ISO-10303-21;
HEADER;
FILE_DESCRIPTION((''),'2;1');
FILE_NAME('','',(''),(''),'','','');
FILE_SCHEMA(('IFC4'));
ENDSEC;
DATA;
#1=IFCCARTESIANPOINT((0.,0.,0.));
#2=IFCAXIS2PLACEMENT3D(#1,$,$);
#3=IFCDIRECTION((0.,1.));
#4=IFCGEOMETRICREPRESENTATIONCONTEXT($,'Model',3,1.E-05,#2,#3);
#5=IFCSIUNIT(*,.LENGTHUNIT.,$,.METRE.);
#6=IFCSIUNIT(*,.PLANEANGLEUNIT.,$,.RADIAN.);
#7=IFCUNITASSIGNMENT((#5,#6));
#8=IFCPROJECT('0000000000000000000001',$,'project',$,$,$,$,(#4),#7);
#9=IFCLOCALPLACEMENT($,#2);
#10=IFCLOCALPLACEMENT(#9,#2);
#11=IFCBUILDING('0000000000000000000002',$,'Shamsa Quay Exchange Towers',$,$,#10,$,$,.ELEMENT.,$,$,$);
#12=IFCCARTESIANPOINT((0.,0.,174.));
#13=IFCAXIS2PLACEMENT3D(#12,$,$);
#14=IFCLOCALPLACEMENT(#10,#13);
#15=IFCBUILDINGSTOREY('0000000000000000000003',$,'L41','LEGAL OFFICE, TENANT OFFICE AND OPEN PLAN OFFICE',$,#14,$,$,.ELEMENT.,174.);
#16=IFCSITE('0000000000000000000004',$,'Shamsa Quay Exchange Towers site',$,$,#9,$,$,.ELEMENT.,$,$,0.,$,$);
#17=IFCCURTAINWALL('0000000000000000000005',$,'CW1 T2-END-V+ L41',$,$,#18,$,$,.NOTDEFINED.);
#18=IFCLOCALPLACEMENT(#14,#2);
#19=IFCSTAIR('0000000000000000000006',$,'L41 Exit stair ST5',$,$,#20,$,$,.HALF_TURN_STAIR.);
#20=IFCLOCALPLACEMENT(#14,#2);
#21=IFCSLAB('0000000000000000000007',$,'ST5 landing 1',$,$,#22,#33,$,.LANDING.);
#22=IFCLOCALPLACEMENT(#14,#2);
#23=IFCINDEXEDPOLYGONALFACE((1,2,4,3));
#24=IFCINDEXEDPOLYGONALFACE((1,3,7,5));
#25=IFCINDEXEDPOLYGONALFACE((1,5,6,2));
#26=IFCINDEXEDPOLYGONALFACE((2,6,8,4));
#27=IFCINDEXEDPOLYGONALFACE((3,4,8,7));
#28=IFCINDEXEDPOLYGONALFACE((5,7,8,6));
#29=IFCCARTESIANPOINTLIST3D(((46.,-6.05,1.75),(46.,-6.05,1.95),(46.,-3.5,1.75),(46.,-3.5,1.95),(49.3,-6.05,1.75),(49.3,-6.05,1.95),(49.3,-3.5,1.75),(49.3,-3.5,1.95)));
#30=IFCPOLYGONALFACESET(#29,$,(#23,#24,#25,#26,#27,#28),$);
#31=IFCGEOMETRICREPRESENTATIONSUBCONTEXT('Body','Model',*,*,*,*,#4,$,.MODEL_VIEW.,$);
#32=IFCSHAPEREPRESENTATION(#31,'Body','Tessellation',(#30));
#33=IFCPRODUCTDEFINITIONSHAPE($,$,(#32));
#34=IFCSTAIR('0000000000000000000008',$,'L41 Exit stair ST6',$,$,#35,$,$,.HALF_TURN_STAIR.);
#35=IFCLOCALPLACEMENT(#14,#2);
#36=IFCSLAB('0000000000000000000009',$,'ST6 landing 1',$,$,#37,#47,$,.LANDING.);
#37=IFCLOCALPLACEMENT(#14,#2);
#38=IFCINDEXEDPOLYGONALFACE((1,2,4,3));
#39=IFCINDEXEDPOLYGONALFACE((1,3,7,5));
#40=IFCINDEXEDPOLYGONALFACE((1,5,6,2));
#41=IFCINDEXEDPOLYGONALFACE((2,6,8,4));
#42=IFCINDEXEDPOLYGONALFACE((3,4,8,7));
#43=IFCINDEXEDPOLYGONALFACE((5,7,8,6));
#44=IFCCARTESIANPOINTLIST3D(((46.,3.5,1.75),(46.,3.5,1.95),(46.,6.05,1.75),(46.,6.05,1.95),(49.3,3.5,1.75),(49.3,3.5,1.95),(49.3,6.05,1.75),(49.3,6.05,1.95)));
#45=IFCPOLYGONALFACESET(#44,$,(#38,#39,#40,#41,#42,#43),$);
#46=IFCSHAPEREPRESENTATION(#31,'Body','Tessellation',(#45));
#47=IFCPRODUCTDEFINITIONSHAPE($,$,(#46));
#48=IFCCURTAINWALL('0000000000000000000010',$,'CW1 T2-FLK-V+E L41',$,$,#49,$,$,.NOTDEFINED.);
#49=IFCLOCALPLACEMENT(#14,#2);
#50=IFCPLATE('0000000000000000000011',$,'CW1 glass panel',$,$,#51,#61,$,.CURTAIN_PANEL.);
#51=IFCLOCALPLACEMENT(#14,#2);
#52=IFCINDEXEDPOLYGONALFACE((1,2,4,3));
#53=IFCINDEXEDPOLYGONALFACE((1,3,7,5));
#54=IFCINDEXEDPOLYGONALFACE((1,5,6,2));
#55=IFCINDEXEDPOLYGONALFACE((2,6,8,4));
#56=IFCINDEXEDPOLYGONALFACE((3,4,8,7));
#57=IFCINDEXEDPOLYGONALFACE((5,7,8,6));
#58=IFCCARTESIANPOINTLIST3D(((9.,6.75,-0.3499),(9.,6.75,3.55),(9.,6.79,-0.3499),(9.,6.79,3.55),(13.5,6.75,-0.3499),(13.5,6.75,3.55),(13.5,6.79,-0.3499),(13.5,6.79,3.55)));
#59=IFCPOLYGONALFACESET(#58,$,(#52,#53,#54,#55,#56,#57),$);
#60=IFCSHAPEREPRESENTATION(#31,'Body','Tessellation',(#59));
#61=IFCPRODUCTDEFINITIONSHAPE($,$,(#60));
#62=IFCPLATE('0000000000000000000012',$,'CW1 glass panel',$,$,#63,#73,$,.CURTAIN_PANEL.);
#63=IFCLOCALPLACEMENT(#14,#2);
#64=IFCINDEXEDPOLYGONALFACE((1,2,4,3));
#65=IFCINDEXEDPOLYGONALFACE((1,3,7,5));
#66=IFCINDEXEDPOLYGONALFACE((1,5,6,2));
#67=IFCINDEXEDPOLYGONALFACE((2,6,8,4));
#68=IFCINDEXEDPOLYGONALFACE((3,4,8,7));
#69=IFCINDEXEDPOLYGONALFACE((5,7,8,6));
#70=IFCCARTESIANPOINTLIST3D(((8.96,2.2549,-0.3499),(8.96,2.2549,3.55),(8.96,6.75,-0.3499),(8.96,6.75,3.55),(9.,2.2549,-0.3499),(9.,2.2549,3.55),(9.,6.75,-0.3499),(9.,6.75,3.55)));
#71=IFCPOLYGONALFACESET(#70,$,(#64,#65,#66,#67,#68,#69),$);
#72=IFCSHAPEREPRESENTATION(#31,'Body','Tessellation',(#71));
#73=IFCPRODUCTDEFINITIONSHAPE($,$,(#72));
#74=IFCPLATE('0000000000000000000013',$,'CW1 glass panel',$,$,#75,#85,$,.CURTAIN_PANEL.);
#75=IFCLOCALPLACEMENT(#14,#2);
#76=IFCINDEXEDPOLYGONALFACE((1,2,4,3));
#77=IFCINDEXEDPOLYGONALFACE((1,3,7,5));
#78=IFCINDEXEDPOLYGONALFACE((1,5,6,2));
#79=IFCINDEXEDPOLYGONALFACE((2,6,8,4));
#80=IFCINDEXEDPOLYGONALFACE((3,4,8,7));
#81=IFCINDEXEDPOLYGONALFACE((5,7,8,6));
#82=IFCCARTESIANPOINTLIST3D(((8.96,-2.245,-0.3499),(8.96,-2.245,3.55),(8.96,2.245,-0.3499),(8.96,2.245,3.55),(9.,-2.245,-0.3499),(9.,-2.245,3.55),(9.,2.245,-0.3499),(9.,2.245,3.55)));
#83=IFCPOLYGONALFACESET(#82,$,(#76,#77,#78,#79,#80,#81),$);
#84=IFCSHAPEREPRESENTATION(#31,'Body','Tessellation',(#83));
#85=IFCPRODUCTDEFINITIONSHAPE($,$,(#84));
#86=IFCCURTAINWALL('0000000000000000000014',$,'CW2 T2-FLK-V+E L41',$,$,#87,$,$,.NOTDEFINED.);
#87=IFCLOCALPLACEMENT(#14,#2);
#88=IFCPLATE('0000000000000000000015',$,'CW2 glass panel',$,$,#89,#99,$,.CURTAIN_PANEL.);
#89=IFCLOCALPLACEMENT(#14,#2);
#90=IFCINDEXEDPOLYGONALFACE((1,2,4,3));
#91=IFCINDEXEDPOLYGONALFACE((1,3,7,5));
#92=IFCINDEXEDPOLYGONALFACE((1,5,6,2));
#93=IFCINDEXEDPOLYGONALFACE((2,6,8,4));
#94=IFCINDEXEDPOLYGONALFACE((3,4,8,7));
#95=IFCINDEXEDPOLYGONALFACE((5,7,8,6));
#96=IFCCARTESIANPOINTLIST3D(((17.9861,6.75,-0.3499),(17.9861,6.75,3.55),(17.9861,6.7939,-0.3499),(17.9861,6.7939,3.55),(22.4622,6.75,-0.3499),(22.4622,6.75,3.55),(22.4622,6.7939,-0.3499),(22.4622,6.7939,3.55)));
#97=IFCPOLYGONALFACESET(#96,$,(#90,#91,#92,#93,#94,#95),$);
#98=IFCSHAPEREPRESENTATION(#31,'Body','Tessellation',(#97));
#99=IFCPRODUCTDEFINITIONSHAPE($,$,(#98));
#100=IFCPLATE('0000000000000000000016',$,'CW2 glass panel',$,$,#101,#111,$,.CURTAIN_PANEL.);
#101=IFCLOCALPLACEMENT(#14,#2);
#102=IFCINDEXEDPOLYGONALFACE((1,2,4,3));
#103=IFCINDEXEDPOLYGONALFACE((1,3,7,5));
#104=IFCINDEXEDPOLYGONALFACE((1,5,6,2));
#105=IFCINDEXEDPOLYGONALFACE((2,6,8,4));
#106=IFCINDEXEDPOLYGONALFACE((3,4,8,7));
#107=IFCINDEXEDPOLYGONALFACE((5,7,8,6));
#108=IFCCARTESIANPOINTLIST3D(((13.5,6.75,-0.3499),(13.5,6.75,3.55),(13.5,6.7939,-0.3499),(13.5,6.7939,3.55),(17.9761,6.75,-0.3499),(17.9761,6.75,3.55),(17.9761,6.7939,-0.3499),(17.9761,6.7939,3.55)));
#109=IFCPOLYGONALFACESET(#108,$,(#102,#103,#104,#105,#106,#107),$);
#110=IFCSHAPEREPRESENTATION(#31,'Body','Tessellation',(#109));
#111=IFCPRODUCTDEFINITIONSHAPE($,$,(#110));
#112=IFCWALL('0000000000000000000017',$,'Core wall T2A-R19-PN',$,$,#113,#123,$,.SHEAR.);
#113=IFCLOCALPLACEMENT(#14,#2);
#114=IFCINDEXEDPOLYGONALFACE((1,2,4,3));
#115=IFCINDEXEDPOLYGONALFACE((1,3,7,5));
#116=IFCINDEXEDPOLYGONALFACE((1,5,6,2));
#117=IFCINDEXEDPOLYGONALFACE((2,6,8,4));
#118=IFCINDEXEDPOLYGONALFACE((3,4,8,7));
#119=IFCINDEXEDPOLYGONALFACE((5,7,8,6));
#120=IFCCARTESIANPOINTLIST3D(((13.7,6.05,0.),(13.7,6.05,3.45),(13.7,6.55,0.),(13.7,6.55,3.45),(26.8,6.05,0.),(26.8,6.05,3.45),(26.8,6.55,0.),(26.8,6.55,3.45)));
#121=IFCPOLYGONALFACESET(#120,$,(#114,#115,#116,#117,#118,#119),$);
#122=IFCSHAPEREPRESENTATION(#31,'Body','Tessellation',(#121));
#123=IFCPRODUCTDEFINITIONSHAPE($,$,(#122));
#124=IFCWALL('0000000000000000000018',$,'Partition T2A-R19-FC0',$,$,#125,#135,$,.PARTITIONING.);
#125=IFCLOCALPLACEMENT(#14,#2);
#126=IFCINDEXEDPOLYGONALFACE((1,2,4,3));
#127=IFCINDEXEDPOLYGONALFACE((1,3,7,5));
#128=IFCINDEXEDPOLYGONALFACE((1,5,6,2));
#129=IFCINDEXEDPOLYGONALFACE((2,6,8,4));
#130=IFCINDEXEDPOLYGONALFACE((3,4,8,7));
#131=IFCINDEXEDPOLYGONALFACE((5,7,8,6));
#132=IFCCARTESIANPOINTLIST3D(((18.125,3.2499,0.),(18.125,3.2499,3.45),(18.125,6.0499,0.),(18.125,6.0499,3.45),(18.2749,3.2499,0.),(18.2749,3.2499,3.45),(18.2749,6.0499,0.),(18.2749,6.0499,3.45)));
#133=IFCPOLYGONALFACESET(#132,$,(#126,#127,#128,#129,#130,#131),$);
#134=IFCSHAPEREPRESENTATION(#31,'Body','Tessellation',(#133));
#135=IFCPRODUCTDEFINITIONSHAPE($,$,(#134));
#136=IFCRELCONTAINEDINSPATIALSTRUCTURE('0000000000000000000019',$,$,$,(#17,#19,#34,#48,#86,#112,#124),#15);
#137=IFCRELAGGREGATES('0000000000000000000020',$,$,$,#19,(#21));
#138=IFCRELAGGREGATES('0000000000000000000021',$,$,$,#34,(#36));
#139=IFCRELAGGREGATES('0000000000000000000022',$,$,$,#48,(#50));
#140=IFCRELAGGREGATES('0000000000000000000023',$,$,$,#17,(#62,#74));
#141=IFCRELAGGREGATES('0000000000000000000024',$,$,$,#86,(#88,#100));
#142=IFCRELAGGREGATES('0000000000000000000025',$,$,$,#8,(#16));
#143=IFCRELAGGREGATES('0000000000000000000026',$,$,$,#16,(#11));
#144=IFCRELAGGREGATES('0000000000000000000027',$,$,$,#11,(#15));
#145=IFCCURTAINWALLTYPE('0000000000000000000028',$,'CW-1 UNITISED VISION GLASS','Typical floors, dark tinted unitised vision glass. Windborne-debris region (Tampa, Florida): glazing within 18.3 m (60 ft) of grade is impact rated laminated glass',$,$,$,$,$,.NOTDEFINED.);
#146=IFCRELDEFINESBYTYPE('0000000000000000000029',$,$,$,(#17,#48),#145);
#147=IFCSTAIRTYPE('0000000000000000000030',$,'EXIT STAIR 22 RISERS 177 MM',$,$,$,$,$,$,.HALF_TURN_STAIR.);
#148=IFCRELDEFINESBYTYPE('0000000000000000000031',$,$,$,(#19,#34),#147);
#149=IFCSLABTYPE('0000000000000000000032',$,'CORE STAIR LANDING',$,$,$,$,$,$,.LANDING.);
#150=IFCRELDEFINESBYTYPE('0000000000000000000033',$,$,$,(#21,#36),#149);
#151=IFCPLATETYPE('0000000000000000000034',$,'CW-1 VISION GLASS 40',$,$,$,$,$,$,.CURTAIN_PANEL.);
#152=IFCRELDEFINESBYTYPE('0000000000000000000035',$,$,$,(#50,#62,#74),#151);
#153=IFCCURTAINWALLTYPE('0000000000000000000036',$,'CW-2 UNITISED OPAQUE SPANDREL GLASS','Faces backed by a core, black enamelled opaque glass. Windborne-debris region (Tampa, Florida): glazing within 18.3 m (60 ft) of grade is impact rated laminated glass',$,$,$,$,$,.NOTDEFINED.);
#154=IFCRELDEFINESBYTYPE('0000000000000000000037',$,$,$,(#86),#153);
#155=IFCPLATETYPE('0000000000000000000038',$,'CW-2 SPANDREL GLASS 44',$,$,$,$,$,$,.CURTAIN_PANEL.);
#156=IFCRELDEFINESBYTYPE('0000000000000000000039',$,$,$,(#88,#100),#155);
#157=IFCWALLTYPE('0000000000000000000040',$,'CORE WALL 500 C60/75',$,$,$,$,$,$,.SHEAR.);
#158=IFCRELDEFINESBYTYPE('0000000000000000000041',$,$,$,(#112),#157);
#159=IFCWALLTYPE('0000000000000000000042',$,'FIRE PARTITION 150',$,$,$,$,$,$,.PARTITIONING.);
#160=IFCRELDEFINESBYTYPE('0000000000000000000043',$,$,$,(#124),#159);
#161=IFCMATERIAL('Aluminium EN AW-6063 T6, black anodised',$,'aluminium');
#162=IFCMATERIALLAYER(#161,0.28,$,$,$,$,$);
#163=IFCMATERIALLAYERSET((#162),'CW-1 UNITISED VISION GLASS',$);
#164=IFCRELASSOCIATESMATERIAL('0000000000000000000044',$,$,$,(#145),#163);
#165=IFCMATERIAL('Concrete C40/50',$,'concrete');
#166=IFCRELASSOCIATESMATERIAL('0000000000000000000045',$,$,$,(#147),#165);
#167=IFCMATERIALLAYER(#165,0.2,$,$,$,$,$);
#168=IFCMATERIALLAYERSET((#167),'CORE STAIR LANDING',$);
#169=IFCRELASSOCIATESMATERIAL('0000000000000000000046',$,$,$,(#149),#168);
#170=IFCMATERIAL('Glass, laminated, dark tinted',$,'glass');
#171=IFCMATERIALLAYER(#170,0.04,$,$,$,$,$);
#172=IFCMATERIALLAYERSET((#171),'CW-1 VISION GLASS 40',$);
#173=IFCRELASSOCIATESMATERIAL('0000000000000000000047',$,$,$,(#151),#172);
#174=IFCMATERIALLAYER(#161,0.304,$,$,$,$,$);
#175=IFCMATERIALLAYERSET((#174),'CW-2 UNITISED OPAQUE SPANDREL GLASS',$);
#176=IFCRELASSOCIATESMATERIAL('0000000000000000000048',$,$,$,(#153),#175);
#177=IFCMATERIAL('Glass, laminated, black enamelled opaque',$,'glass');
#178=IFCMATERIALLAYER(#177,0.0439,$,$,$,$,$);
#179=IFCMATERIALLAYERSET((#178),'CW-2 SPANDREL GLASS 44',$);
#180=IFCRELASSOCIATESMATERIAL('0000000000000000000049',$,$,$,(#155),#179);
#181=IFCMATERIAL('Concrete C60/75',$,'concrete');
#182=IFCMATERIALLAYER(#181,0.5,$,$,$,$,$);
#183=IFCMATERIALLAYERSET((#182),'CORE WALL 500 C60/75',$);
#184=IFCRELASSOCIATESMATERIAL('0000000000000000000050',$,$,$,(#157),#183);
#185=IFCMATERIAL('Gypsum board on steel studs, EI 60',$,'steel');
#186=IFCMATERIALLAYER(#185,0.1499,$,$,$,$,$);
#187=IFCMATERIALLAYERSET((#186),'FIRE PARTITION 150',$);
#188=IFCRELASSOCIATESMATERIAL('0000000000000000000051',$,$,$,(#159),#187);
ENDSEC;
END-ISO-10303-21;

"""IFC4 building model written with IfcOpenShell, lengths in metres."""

from ifc_helpers import new_model, si_unit, direction, frame, frame_2d, origin, origin_2d, place, context, subcontext, project, spatial, polyline, rectangle, outline, extrude, material, layer, layer_set, type_object, element, aggregate, save


model = new_model("IFC4")

# Units and contexts
model_context = context("Model", 3, precision=1e-05, world=origin(), true_north=direction((0.0, 1.0)))
body_context = subcontext(model_context, "Body", "Model", "MODEL_VIEW")
ifc_project = project(units=[si_unit("LENGTHUNIT", "METRE"), si_unit("PLANEANGLEUNIT", "RADIAN")], contexts=[model_context])

# Site, building, storey
site_placement = place(None, origin())
site = spatial("IfcSite", under=ifc_project, at=site_placement, Name="Shamsa Quay Exchange Towers site", CompositionType="ELEMENT", RefElevation=0.0)
building_placement = place(site_placement, origin())
building = spatial("IfcBuilding", under=site, at=building_placement, Name="Shamsa Quay Exchange Towers", CompositionType="ELEMENT")
storey_placement = place(building_placement, frame((0.0, 0.0, 174.0)))
storey = spatial("IfcBuildingStorey", under=building, at=storey_placement, Name="L41", Description="LEGAL OFFICE, TENANT OFFICE AND OPEN PLAN OFFICE", CompositionType="ELEMENT", Elevation=174.0)

# Curtain wall
ifc_material_1 = material(Name="Aluminium EN AW-6063 T6, black anodised", Category="aluminium")
ifc_layer_1 = layer(ifc_material_1, 0.28)
ifc_layer_set_1 = layer_set([ifc_layer_1], Name="CW-1 UNITISED VISION GLASS")
curtain_wall_type_1 = type_object("IfcCurtainWallType", Name="CW-1 UNITISED VISION GLASS", Description="Typical floors, dark tinted unitised vision glass. Windborne-debris region (Tampa, Florida): glazing within 18.3 m (60 ft) of grade is impact rated laminated glass", PredefinedType="NOTDEFINED", material=ifc_layer_set_1)
curtain_wall_1_placement = place(storey_placement, origin())
curtain_wall_1 = element("IfcCurtainWall", 1, at=curtain_wall_1_placement, inside=storey, type_object=curtain_wall_type_1, Name="CW1 T2-END-V+ L41", PredefinedType="NOTDEFINED")

# Stairs, slabs
ifc_material_2 = material(Name="Concrete C40/50", Category="concrete")
stair_type = type_object("IfcStairType", Name="EXIT STAIR 22 RISERS 177 MM", PredefinedType="HALF_TURN_STAIR", material=ifc_material_2)
ifc_layer_2 = layer(ifc_material_2, 0.2)
ifc_layer_set_2 = layer_set([ifc_layer_2], Name="CORE STAIR LANDING")
slab_type_1 = type_object("IfcSlabType", Name="CORE STAIR LANDING", PredefinedType="LANDING", material=ifc_layer_set_2)
stair_1_placement = place(storey_placement, origin())
stair_1 = element("IfcStair", 2, at=stair_1_placement, inside=storey, type_object=stair_type, Name="L41 Exit stair ST5", PredefinedType="HALF_TURN_STAIR")
slab_1_placement = place(storey_placement, frame((0.0, 0.0, 1.75)))
slab_1 = element("IfcSlab", 3, at=slab_1_placement, type_object=slab_type_1, Name="ST5 landing 1", PredefinedType="LANDING", context=body_context, shape_type="SweptSolid", body=[
    extrude(outline(polyline([(49.3, -3.5), (46.0, -3.5), (46.0, -6.05), (49.3, -6.05), (49.3, -3.5)])), origin(), (0.0, 0.0, 1.0), 0.2),
])
aggregate(stair_1, [slab_1])
stair_2_placement = place(storey_placement, origin())
stair_2 = element("IfcStair", 4, at=stair_2_placement, inside=storey, type_object=stair_type, Name="L41 Exit stair ST6", PredefinedType="HALF_TURN_STAIR")
slab_2_placement = place(storey_placement, frame((0.0, 0.0, 1.75)))
slab_2 = element("IfcSlab", 5, at=slab_2_placement, type_object=slab_type_1, Name="ST6 landing 1", PredefinedType="LANDING", context=body_context, shape_type="SweptSolid", body=[
    extrude(outline(polyline([(49.3, 6.05), (46.0, 6.05), (46.0, 3.5), (49.3, 3.5), (49.3, 6.05)])), origin(), (0.0, 0.0, 1.0), 0.2),
])
aggregate(stair_2, [slab_2])

# Curtain wall, plate
curtain_wall_2_placement = place(storey_placement, origin())
curtain_wall_2 = element("IfcCurtainWall", 6, at=curtain_wall_2_placement, inside=storey, type_object=curtain_wall_type_1, Name="CW1 T2-FLK-V+E L41", PredefinedType="NOTDEFINED")
ifc_material_3 = material(Name="Glass, laminated, dark tinted", Category="glass")
ifc_layer_3 = layer(ifc_material_3, 0.04)
ifc_layer_set_3 = layer_set([ifc_layer_3], Name="CW-1 VISION GLASS 40")
plate_type_1 = type_object("IfcPlateType", Name="CW-1 VISION GLASS 40", PredefinedType="CURTAIN_PANEL", material=ifc_layer_set_3)
plate_1_placement = place(storey_placement, frame((11.25, 6.77, -0.3499), z_axis=(0.0, 0.0, 1.0), x_axis=(-1.0, 0.0, 0.0)))
plate_1 = element("IfcPlate", 7, at=plate_1_placement, type_object=plate_type_1, Name="CW1 glass panel", PredefinedType="CURTAIN_PANEL", context=body_context, shape_type="SweptSolid", body=[
    extrude(rectangle(XDim=4.5, YDim=0.04, at=origin_2d()), origin(), (0.0, 0.0, 1.0), 3.8999),
])
aggregate(curtain_wall_2, [plate_1])

# Plates
plate_2_placement = place(storey_placement, frame((8.98, 4.5024, -0.3499), z_axis=(0.0, 0.0, 1.0), x_axis=(0.0, -1.0, 0.0)))
plate_2 = element("IfcPlate", 8, at=plate_2_placement, type_object=plate_type_1, Name="CW1 glass panel", PredefinedType="CURTAIN_PANEL", context=body_context, shape_type="SweptSolid", body=[
    extrude(rectangle(XDim=4.4951, YDim=0.04, at=origin_2d()), origin(), (0.0, 0.0, 1.0), 3.8999),
])
plate_3_placement = place(storey_placement, frame((8.98, 0.0, -0.3499), z_axis=(0.0, 0.0, 1.0), x_axis=(0.0, -1.0, 0.0)))
plate_3 = element("IfcPlate", 9, at=plate_3_placement, type_object=plate_type_1, Name="CW1 glass panel", PredefinedType="CURTAIN_PANEL", context=body_context, shape_type="SweptSolid", body=[
    extrude(rectangle(XDim=4.49, YDim=0.04, at=origin_2d()), origin(), (0.0, 0.0, 1.0), 3.8999),
])
aggregate(curtain_wall_1, [plate_2, plate_3])

# Curtain wall, plates
ifc_layer_4 = layer(ifc_material_1, 0.304)
ifc_layer_set_4 = layer_set([ifc_layer_4], Name="CW-2 UNITISED OPAQUE SPANDREL GLASS")
curtain_wall_type_2 = type_object("IfcCurtainWallType", Name="CW-2 UNITISED OPAQUE SPANDREL GLASS", Description="Faces backed by a core, black enamelled opaque glass. Windborne-debris region (Tampa, Florida): glazing within 18.3 m (60 ft) of grade is impact rated laminated glass", PredefinedType="NOTDEFINED", material=ifc_layer_set_4)
curtain_wall_3_placement = place(storey_placement, origin())
curtain_wall_3 = element("IfcCurtainWall", 10, at=curtain_wall_3_placement, inside=storey, type_object=curtain_wall_type_2, Name="CW2 T2-FLK-V+E L41", PredefinedType="NOTDEFINED")
ifc_material_4 = material(Name="Glass, laminated, black enamelled opaque", Category="glass")
ifc_layer_5 = layer(ifc_material_4, 0.0439)
ifc_layer_set_5 = layer_set([ifc_layer_5], Name="CW-2 SPANDREL GLASS 44")
plate_type_2 = type_object("IfcPlateType", Name="CW-2 SPANDREL GLASS 44", PredefinedType="CURTAIN_PANEL", material=ifc_layer_set_5)
plate_4_placement = place(storey_placement, frame((20.2241, 6.772, -0.3499), z_axis=(0.0, 0.0, 1.0), x_axis=(-1.0, 0.0, 0.0)))
plate_4 = element("IfcPlate", 11, at=plate_4_placement, type_object=plate_type_2, Name="CW2 glass panel", PredefinedType="CURTAIN_PANEL", context=body_context, shape_type="SweptSolid", body=[
    extrude(rectangle(XDim=4.4761, YDim=0.0439, at=origin_2d()), origin(), (0.0, 0.0, 1.0), 3.8999),
])
plate_5_placement = place(storey_placement, frame((15.738, 6.772, -0.3499), z_axis=(0.0, 0.0, 1.0), x_axis=(-1.0, 0.0, 0.0)))
plate_5 = element("IfcPlate", 12, at=plate_5_placement, type_object=plate_type_2, Name="CW2 glass panel", PredefinedType="CURTAIN_PANEL", context=body_context, shape_type="SweptSolid", body=[
    extrude(rectangle(XDim=4.4761, YDim=0.0439, at=origin_2d()), origin(), (0.0, 0.0, 1.0), 3.8999),
])
aggregate(curtain_wall_3, [plate_4, plate_5])

# Wall
ifc_material_5 = material(Name="Concrete C60/75", Category="concrete")
ifc_layer_6 = layer(ifc_material_5, 0.5)
ifc_layer_set_6 = layer_set([ifc_layer_6], Name="CORE WALL 500 C60/75")
wall_type_1 = type_object("IfcWallType", Name="CORE WALL 500 C60/75", PredefinedType="SHEAR", material=ifc_layer_set_6)
wall_1_placement = place(storey_placement, frame((13.7, 6.3, 0.0)))
element("IfcWall", 13, at=wall_1_placement, inside=storey, type_object=wall_type_1, Name="Core wall T2A-R19-PN", PredefinedType="SHEAR", context=body_context, shape_type="SweptSolid", body=[
    extrude(rectangle(XDim=13.1001, YDim=0.5, at=frame_2d((6.55, 0.0))), origin(), (0.0, 0.0, 1.0), 3.45),
])

# Wall
ifc_material_6 = material(Name="Gypsum board on steel studs, EI 60", Category="steel")
ifc_layer_7 = layer(ifc_material_6, 0.1499)
ifc_layer_set_7 = layer_set([ifc_layer_7], Name="FIRE PARTITION 150")
wall_type_2 = type_object("IfcWallType", Name="FIRE PARTITION 150", PredefinedType="PARTITIONING", material=ifc_layer_set_7)
wall_2_placement = place(storey_placement, frame((18.2, 3.25, 0.0), z_axis=(0.0, 0.0, 1.0), x_axis=(0.0, 1.0, 0.0)))
element("IfcWall", 14, at=wall_2_placement, inside=storey, type_object=wall_type_2, Name="Partition T2A-R19-FC0", PredefinedType="PARTITIONING", context=body_context, shape_type="SweptSolid", body=[
    extrude(rectangle(XDim=2.8, YDim=0.1499, at=frame_2d((1.3999, 0.0))), origin(), (0.0, 0.0, 1.0), 3.45),
])

save(model, "model.ifc")
